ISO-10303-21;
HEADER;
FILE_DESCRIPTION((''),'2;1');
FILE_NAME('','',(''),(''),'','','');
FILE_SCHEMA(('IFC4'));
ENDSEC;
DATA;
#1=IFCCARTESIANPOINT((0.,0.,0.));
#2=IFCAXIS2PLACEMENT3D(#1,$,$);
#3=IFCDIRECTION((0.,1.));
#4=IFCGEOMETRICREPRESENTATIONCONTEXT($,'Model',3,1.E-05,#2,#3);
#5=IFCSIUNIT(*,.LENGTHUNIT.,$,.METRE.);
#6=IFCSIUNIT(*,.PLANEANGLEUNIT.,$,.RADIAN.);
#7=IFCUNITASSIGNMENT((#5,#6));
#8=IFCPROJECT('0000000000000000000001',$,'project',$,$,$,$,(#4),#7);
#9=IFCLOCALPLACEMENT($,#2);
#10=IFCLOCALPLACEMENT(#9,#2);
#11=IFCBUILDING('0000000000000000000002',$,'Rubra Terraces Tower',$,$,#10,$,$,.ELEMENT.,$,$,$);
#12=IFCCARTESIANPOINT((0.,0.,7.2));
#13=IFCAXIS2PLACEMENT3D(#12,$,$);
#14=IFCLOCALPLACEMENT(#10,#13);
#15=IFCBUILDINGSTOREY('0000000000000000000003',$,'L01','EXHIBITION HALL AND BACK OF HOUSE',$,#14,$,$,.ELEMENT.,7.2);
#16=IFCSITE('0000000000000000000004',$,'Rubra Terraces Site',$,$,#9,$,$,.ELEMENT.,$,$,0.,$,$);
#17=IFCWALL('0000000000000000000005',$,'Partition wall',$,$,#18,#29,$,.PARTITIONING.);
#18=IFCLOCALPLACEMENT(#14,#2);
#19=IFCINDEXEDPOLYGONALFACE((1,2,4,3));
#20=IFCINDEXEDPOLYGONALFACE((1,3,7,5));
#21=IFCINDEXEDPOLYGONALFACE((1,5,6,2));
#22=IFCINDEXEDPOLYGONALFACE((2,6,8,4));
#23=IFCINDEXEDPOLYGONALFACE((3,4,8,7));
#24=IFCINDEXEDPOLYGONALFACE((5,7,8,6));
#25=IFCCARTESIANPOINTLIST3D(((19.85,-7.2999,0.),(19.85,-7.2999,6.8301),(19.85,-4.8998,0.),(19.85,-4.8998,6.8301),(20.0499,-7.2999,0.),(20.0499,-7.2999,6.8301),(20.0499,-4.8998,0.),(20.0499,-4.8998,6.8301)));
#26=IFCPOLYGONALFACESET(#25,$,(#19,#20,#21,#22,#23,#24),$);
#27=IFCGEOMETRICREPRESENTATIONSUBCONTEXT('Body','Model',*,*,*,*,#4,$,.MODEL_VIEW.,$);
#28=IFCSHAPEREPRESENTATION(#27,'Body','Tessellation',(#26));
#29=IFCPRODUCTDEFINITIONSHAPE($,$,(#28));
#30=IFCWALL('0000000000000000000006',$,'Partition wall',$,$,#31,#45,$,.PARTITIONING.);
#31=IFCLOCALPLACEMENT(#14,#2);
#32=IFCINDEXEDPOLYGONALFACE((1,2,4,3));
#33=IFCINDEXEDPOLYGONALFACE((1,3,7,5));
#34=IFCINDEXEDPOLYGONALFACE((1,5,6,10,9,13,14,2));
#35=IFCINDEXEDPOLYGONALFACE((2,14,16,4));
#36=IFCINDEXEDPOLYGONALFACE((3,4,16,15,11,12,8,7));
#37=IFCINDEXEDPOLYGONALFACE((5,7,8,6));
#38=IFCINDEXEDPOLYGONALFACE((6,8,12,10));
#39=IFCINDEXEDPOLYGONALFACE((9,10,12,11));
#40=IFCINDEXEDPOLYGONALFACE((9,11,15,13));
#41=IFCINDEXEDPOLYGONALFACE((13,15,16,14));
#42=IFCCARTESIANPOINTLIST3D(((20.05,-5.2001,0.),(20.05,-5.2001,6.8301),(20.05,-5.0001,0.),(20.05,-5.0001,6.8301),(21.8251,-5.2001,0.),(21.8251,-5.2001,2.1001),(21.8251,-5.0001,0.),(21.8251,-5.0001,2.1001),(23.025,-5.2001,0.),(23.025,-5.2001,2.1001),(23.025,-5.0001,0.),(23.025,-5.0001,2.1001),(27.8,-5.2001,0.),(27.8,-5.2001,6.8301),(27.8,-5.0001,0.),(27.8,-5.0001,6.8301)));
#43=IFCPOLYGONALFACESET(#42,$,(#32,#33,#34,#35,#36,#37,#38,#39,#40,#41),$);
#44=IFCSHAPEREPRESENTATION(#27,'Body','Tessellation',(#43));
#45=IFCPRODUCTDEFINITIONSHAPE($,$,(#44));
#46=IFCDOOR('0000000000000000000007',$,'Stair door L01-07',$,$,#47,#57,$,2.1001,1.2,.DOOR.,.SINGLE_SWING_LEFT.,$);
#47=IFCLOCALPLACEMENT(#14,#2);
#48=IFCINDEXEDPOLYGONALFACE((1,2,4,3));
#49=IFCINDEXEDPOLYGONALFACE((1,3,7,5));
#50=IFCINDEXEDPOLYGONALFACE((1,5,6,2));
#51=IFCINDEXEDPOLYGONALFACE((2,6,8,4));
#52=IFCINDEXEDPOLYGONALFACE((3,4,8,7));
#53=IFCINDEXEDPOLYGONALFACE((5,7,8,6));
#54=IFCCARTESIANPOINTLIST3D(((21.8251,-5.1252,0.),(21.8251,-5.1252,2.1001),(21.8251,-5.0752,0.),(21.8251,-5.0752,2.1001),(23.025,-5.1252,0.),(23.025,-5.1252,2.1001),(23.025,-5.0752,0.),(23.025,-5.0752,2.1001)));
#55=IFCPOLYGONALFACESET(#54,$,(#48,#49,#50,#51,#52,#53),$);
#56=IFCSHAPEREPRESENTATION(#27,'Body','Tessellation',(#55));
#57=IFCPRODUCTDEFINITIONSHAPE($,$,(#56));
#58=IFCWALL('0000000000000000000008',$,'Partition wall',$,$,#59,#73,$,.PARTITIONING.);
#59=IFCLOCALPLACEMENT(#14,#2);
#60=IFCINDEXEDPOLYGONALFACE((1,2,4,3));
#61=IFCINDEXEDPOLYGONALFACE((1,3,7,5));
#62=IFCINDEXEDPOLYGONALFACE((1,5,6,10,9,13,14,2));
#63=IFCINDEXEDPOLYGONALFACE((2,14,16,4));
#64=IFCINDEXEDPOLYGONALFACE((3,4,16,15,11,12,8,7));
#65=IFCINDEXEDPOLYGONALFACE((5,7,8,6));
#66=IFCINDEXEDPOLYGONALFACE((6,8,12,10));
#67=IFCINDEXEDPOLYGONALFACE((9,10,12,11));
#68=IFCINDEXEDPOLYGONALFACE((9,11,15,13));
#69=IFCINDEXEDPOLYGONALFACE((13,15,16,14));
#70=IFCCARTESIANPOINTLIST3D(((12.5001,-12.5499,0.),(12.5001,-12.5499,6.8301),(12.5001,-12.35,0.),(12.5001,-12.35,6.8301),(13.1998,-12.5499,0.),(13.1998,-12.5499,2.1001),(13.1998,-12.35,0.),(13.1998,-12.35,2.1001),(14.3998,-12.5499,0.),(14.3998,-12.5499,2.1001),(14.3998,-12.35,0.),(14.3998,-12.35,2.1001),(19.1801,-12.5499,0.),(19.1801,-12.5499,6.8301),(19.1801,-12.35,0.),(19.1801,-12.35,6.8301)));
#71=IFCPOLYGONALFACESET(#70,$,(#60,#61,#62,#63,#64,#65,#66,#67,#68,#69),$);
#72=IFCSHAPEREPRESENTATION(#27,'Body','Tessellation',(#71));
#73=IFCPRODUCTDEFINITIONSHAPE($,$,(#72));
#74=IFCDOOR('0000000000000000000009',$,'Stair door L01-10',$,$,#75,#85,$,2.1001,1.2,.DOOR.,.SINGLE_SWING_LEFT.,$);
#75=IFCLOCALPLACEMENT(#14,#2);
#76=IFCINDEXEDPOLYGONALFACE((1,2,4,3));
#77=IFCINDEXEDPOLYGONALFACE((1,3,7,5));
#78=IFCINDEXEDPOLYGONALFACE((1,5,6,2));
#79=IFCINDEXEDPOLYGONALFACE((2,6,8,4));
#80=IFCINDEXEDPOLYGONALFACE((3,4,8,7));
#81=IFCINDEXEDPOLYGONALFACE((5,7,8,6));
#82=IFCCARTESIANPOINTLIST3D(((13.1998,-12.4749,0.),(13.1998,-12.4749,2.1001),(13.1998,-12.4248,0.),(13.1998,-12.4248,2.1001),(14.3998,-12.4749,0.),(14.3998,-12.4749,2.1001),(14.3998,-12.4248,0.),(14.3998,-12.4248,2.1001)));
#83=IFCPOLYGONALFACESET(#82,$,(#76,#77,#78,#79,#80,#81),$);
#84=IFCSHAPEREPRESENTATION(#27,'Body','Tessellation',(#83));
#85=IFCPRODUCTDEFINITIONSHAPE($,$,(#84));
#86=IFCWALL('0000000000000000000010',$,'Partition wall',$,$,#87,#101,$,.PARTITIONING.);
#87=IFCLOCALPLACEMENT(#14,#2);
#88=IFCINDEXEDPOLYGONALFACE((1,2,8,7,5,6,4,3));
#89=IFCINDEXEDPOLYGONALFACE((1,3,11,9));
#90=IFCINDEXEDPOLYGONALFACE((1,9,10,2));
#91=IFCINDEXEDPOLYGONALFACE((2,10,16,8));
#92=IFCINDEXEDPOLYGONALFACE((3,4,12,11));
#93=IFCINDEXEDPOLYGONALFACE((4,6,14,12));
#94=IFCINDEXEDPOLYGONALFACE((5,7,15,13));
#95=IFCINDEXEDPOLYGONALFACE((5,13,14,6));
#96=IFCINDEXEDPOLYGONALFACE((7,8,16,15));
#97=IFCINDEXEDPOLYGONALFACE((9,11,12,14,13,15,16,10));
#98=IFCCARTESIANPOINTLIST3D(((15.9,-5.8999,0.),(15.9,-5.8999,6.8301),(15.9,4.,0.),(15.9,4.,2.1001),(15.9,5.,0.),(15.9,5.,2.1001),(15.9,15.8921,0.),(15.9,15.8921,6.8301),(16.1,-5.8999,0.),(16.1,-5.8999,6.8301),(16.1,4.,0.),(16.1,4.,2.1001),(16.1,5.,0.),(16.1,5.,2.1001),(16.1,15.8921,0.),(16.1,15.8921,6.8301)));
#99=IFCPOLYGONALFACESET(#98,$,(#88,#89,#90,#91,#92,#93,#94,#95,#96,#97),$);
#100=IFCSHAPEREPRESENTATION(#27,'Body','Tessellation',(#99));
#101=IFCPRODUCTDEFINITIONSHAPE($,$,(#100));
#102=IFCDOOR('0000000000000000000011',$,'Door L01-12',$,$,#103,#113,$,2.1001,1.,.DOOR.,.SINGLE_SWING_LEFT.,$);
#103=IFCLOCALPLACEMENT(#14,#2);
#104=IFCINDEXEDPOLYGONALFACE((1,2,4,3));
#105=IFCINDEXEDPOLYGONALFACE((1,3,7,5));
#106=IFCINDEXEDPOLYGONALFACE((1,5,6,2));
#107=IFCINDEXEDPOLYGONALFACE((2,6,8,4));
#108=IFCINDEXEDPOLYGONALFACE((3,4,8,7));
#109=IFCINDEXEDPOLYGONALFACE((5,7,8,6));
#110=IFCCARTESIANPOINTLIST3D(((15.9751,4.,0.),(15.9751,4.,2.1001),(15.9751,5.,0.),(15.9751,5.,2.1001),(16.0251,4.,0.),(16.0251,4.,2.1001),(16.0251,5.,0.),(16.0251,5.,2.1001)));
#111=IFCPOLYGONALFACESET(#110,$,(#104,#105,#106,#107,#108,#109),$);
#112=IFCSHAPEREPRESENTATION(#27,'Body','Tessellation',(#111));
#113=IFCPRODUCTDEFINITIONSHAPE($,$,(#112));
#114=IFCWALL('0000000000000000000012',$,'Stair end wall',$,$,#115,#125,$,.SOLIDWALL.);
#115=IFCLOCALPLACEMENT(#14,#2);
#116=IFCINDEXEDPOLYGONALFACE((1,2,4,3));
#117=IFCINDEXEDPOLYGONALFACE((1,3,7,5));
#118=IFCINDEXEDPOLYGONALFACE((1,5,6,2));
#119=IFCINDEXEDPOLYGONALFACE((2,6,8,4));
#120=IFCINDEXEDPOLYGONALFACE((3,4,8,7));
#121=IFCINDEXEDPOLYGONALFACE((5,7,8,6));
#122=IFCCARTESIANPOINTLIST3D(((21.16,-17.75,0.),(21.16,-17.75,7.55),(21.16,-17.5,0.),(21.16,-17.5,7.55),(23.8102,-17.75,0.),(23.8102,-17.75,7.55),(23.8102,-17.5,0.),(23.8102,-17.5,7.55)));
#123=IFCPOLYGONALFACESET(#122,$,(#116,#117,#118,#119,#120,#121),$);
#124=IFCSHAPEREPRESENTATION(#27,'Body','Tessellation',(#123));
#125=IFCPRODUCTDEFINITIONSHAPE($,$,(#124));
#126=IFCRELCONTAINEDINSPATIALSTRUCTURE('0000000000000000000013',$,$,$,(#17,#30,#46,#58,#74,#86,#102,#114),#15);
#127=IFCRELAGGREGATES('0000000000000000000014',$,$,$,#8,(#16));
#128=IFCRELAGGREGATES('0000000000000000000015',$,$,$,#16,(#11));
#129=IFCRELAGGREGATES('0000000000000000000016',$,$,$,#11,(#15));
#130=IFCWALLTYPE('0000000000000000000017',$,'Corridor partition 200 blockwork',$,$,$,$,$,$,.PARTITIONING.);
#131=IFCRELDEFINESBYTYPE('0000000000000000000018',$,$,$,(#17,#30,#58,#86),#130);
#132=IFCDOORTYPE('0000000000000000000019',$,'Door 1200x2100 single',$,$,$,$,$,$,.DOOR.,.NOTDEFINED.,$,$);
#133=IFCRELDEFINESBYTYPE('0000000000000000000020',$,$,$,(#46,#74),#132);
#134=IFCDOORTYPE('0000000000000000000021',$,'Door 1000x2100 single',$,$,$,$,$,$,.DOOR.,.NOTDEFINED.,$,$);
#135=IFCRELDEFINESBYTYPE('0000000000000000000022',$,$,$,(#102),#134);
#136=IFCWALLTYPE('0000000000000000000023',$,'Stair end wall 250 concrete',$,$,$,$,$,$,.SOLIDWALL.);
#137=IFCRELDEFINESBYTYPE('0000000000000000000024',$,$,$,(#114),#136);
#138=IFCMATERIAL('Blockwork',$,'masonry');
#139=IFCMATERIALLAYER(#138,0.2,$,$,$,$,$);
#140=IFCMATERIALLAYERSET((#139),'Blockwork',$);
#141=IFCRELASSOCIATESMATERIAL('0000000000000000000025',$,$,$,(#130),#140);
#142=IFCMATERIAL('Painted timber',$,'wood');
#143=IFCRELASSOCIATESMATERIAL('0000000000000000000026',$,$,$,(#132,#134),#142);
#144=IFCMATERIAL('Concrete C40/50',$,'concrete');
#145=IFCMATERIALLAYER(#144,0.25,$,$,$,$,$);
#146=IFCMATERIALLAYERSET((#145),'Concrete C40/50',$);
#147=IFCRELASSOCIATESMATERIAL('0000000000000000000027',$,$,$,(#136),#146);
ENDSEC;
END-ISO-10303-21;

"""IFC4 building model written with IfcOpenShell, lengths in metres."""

from ifc_helpers import new_model, si_unit, direction, frame, frame_2d, origin, place, context, subcontext, project, spatial, rectangle, extrude, material, layer, layer_set, type_object, element, fill, save


model = new_model("IFC4")

# Units and contexts
model_context = context("Model", 3, precision=1e-05, world=origin(), true_north=direction((0.0, 1.0)))
body_context = subcontext(model_context, "Body", "Model", "MODEL_VIEW")
ifc_project = project(units=[si_unit("LENGTHUNIT", "METRE"), si_unit("PLANEANGLEUNIT", "RADIAN")], contexts=[model_context])

# Site, building, storey
site_placement = place(None, origin())
site = spatial("IfcSite", under=ifc_project, at=site_placement, Name="Rubra Terraces Site", CompositionType="ELEMENT", RefElevation=0.0)
building_placement = place(site_placement, origin())
building = spatial("IfcBuilding", under=site, at=building_placement, Name="Rubra Terraces Tower", CompositionType="ELEMENT")
storey_placement = place(building_placement, frame((0.0, 0.0, 7.2)))
storey = spatial("IfcBuildingStorey", under=building, at=storey_placement, Name="L01", Description="EXHIBITION HALL AND BACK OF HOUSE", CompositionType="ELEMENT", Elevation=7.2)

# Wall
ifc_material_1 = material(Name="Blockwork", Category="masonry")
ifc_layer_1 = layer(ifc_material_1, 0.2)
ifc_layer_set_1 = layer_set([ifc_layer_1], Name="Blockwork")
wall_type_1 = type_object("IfcWallType", Name="Corridor partition 200 blockwork", PredefinedType="PARTITIONING", material=ifc_layer_set_1)
wall_1_placement = place(storey_placement, frame((19.95, -7.3, 0.0), z_axis=(0.0, 0.0, 1.0), x_axis=(0.0, 1.0, 0.0)))
element("IfcWall", 1, at=wall_1_placement, inside=storey, type_object=wall_type_1, Name="Partition wall", PredefinedType="PARTITIONING", context=body_context, shape_type="SweptSolid", body=[
    extrude(rectangle(XDim=2.4001, YDim=0.2, at=frame_2d((1.2002, 0.0))), origin(), (0.0, 0.0, 1.0), 6.8301),
])

# Walls, openings, doors
wall_2_placement = place(storey_placement, frame((20.05, -5.1001, 0.0), z_axis=(0.0, 0.0, 1.0), x_axis=(1.0, 0.0, 0.0)))
wall_2 = element("IfcWall", 2, at=wall_2_placement, inside=storey, type_object=wall_type_1, Name="Partition wall", PredefinedType="PARTITIONING", context=body_context, shape_type="SweptSolid", body=[
    extrude(rectangle(XDim=7.75, YDim=0.2, at=frame_2d((3.875, 0.0))), origin(), (0.0, 0.0, 1.0), 6.8301),
])
opening_1_placement = place(wall_2_placement, frame((1.7749, 0.0, 0.0)))
opening_1 = element("IfcOpeningElement", 3, at=opening_1_placement, cuts=wall_2, PredefinedType="OPENING", context=body_context, shape_type="SweptSolid", body=[
    extrude(rectangle(XDim=1.2, YDim=2.1001, at=frame_2d((0.6001, 1.05))), frame((0.0, 0.1099, 0.0), z_axis=(0.0, -1.0, 0.0), x_axis=(1.0, 0.0, 0.0)), (0.0, 0.0, 1.0), 0.22),
])
ifc_material_2 = material(Name="Painted timber", Category="wood")
door_type_1 = type_object("IfcDoorType", Name="Door 1200x2100 single", OperationType="NOTDEFINED", PredefinedType="DOOR", material=ifc_material_2)
door_1_placement = place(opening_1_placement, origin())
door_1 = element("IfcDoor", 4, at=door_1_placement, inside=storey, type_object=door_type_1, Name="Stair door L01-07", OperationType="SINGLE_SWING_LEFT", OverallHeight=2.1001, OverallWidth=1.2, PredefinedType="DOOR", context=body_context, shape_type="SweptSolid", body=[
    extrude(rectangle(XDim=1.2, YDim=2.1001, at=frame_2d((0.6001, 1.05))), frame((0.0, 0.0249, 0.0), z_axis=(0.0, -1.0, 0.0), x_axis=(1.0, 0.0, 0.0)), (0.0, 0.0, 1.0), 0.05),
])
fill(opening_1, door_1)
wall_3_placement = place(storey_placement, frame((19.1799, -12.45, 0.0), z_axis=(0.0, 0.0, 1.0), x_axis=(-1.0, 0.0, 0.0)))
wall_3 = element("IfcWall", 5, at=wall_3_placement, inside=storey, type_object=wall_type_1, Name="Partition wall", PredefinedType="PARTITIONING", context=body_context, shape_type="SweptSolid", body=[
    extrude(rectangle(XDim=6.6799, YDim=0.2, at=frame_2d((3.3398, 0.0))), origin(), (0.0, 0.0, 1.0), 6.8301),
])
opening_2_placement = place(wall_3_placement, frame((4.78, 0.0, 0.0)))
opening_2 = element("IfcOpeningElement", 6, at=opening_2_placement, cuts=wall_3, PredefinedType="OPENING", context=body_context, shape_type="SweptSolid", body=[
    extrude(rectangle(XDim=1.2, YDim=2.1001, at=frame_2d((0.6001, 1.05))), frame((0.0, 0.1099, 0.0), z_axis=(0.0, -1.0, 0.0), x_axis=(1.0, 0.0, 0.0)), (0.0, 0.0, 1.0), 0.22),
])
door_2_placement = place(opening_2_placement, origin())
door_2 = element("IfcDoor", 7, at=door_2_placement, inside=storey, type_object=door_type_1, Name="Stair door L01-10", OperationType="SINGLE_SWING_LEFT", OverallHeight=2.1001, OverallWidth=1.2, PredefinedType="DOOR", context=body_context, shape_type="SweptSolid", body=[
    extrude(rectangle(XDim=1.2, YDim=2.1001, at=frame_2d((0.6001, 1.05))), frame((0.0, 0.0249, 0.0), z_axis=(0.0, -1.0, 0.0), x_axis=(1.0, 0.0, 0.0)), (0.0, 0.0, 1.0), 0.05),
])
fill(opening_2, door_2)
wall_4_placement = place(storey_placement, frame((16.0, -5.8999, 0.0), z_axis=(0.0, 0.0, 1.0), x_axis=(0.0, 1.0, 0.0)))
wall_4 = element("IfcWall", 8, at=wall_4_placement, inside=storey, type_object=wall_type_1, Name="Partition wall", PredefinedType="PARTITIONING", context=body_context, shape_type="SweptSolid", body=[
    extrude(rectangle(XDim=21.792, YDim=0.2, at=frame_2d((10.896, 0.0))), origin(), (0.0, 0.0, 1.0), 6.8301),
])
opening_3_placement = place(wall_4_placement, frame((9.8999, 0.0, 0.0)))
opening_3 = element("IfcOpeningElement", 9, at=opening_3_placement, cuts=wall_4, PredefinedType="OPENING", context=body_context, shape_type="SweptSolid", body=[
    extrude(rectangle(XDim=1.0, YDim=2.1001, at=frame_2d((0.5, 1.05))), frame((0.0, 0.1099, 0.0), z_axis=(0.0, -1.0, 0.0), x_axis=(1.0, 0.0, 0.0)), (0.0, 0.0, 1.0), 0.22),
])
door_type_2 = type_object("IfcDoorType", Name="Door 1000x2100 single", OperationType="NOTDEFINED", PredefinedType="DOOR", material=ifc_material_2)
door_3_placement = place(opening_3_placement, origin())
door_3 = element("IfcDoor", 10, at=door_3_placement, inside=storey, type_object=door_type_2, Name="Door L01-12", OperationType="SINGLE_SWING_LEFT", OverallHeight=2.1001, OverallWidth=1.0, PredefinedType="DOOR", context=body_context, shape_type="SweptSolid", body=[
    extrude(rectangle(XDim=1.0, YDim=2.1001, at=frame_2d((0.5, 1.05))), frame((0.0, 0.0249, 0.0), z_axis=(0.0, -1.0, 0.0), x_axis=(1.0, 0.0, 0.0)), (0.0, 0.0, 1.0), 0.05),
])
fill(opening_3, door_3)

# Wall
ifc_material_3 = material(Name="Concrete C40/50", Category="concrete")
ifc_layer_2 = layer(ifc_material_3, 0.25)
ifc_layer_set_2 = layer_set([ifc_layer_2], Name="Concrete C40/50")
wall_type_2 = type_object("IfcWallType", Name="Stair end wall 250 concrete", PredefinedType="SOLIDWALL", material=ifc_layer_set_2)
wall_5_placement = place(storey_placement, frame((21.1599, -17.625, 0.0), z_axis=(0.0, 0.0, 1.0), x_axis=(1.0, 0.0, 0.0)))
element("IfcWall", 11, at=wall_5_placement, inside=storey, type_object=wall_type_2, Name="Stair end wall", PredefinedType="SOLIDWALL", context=body_context, shape_type="SweptSolid", body=[
    extrude(rectangle(XDim=2.6501, YDim=0.25, at=frame_2d((1.3252, 0.0))), origin(), (0.0, 0.0, 1.0), 7.55),
])

save(model, "model.ifc")
